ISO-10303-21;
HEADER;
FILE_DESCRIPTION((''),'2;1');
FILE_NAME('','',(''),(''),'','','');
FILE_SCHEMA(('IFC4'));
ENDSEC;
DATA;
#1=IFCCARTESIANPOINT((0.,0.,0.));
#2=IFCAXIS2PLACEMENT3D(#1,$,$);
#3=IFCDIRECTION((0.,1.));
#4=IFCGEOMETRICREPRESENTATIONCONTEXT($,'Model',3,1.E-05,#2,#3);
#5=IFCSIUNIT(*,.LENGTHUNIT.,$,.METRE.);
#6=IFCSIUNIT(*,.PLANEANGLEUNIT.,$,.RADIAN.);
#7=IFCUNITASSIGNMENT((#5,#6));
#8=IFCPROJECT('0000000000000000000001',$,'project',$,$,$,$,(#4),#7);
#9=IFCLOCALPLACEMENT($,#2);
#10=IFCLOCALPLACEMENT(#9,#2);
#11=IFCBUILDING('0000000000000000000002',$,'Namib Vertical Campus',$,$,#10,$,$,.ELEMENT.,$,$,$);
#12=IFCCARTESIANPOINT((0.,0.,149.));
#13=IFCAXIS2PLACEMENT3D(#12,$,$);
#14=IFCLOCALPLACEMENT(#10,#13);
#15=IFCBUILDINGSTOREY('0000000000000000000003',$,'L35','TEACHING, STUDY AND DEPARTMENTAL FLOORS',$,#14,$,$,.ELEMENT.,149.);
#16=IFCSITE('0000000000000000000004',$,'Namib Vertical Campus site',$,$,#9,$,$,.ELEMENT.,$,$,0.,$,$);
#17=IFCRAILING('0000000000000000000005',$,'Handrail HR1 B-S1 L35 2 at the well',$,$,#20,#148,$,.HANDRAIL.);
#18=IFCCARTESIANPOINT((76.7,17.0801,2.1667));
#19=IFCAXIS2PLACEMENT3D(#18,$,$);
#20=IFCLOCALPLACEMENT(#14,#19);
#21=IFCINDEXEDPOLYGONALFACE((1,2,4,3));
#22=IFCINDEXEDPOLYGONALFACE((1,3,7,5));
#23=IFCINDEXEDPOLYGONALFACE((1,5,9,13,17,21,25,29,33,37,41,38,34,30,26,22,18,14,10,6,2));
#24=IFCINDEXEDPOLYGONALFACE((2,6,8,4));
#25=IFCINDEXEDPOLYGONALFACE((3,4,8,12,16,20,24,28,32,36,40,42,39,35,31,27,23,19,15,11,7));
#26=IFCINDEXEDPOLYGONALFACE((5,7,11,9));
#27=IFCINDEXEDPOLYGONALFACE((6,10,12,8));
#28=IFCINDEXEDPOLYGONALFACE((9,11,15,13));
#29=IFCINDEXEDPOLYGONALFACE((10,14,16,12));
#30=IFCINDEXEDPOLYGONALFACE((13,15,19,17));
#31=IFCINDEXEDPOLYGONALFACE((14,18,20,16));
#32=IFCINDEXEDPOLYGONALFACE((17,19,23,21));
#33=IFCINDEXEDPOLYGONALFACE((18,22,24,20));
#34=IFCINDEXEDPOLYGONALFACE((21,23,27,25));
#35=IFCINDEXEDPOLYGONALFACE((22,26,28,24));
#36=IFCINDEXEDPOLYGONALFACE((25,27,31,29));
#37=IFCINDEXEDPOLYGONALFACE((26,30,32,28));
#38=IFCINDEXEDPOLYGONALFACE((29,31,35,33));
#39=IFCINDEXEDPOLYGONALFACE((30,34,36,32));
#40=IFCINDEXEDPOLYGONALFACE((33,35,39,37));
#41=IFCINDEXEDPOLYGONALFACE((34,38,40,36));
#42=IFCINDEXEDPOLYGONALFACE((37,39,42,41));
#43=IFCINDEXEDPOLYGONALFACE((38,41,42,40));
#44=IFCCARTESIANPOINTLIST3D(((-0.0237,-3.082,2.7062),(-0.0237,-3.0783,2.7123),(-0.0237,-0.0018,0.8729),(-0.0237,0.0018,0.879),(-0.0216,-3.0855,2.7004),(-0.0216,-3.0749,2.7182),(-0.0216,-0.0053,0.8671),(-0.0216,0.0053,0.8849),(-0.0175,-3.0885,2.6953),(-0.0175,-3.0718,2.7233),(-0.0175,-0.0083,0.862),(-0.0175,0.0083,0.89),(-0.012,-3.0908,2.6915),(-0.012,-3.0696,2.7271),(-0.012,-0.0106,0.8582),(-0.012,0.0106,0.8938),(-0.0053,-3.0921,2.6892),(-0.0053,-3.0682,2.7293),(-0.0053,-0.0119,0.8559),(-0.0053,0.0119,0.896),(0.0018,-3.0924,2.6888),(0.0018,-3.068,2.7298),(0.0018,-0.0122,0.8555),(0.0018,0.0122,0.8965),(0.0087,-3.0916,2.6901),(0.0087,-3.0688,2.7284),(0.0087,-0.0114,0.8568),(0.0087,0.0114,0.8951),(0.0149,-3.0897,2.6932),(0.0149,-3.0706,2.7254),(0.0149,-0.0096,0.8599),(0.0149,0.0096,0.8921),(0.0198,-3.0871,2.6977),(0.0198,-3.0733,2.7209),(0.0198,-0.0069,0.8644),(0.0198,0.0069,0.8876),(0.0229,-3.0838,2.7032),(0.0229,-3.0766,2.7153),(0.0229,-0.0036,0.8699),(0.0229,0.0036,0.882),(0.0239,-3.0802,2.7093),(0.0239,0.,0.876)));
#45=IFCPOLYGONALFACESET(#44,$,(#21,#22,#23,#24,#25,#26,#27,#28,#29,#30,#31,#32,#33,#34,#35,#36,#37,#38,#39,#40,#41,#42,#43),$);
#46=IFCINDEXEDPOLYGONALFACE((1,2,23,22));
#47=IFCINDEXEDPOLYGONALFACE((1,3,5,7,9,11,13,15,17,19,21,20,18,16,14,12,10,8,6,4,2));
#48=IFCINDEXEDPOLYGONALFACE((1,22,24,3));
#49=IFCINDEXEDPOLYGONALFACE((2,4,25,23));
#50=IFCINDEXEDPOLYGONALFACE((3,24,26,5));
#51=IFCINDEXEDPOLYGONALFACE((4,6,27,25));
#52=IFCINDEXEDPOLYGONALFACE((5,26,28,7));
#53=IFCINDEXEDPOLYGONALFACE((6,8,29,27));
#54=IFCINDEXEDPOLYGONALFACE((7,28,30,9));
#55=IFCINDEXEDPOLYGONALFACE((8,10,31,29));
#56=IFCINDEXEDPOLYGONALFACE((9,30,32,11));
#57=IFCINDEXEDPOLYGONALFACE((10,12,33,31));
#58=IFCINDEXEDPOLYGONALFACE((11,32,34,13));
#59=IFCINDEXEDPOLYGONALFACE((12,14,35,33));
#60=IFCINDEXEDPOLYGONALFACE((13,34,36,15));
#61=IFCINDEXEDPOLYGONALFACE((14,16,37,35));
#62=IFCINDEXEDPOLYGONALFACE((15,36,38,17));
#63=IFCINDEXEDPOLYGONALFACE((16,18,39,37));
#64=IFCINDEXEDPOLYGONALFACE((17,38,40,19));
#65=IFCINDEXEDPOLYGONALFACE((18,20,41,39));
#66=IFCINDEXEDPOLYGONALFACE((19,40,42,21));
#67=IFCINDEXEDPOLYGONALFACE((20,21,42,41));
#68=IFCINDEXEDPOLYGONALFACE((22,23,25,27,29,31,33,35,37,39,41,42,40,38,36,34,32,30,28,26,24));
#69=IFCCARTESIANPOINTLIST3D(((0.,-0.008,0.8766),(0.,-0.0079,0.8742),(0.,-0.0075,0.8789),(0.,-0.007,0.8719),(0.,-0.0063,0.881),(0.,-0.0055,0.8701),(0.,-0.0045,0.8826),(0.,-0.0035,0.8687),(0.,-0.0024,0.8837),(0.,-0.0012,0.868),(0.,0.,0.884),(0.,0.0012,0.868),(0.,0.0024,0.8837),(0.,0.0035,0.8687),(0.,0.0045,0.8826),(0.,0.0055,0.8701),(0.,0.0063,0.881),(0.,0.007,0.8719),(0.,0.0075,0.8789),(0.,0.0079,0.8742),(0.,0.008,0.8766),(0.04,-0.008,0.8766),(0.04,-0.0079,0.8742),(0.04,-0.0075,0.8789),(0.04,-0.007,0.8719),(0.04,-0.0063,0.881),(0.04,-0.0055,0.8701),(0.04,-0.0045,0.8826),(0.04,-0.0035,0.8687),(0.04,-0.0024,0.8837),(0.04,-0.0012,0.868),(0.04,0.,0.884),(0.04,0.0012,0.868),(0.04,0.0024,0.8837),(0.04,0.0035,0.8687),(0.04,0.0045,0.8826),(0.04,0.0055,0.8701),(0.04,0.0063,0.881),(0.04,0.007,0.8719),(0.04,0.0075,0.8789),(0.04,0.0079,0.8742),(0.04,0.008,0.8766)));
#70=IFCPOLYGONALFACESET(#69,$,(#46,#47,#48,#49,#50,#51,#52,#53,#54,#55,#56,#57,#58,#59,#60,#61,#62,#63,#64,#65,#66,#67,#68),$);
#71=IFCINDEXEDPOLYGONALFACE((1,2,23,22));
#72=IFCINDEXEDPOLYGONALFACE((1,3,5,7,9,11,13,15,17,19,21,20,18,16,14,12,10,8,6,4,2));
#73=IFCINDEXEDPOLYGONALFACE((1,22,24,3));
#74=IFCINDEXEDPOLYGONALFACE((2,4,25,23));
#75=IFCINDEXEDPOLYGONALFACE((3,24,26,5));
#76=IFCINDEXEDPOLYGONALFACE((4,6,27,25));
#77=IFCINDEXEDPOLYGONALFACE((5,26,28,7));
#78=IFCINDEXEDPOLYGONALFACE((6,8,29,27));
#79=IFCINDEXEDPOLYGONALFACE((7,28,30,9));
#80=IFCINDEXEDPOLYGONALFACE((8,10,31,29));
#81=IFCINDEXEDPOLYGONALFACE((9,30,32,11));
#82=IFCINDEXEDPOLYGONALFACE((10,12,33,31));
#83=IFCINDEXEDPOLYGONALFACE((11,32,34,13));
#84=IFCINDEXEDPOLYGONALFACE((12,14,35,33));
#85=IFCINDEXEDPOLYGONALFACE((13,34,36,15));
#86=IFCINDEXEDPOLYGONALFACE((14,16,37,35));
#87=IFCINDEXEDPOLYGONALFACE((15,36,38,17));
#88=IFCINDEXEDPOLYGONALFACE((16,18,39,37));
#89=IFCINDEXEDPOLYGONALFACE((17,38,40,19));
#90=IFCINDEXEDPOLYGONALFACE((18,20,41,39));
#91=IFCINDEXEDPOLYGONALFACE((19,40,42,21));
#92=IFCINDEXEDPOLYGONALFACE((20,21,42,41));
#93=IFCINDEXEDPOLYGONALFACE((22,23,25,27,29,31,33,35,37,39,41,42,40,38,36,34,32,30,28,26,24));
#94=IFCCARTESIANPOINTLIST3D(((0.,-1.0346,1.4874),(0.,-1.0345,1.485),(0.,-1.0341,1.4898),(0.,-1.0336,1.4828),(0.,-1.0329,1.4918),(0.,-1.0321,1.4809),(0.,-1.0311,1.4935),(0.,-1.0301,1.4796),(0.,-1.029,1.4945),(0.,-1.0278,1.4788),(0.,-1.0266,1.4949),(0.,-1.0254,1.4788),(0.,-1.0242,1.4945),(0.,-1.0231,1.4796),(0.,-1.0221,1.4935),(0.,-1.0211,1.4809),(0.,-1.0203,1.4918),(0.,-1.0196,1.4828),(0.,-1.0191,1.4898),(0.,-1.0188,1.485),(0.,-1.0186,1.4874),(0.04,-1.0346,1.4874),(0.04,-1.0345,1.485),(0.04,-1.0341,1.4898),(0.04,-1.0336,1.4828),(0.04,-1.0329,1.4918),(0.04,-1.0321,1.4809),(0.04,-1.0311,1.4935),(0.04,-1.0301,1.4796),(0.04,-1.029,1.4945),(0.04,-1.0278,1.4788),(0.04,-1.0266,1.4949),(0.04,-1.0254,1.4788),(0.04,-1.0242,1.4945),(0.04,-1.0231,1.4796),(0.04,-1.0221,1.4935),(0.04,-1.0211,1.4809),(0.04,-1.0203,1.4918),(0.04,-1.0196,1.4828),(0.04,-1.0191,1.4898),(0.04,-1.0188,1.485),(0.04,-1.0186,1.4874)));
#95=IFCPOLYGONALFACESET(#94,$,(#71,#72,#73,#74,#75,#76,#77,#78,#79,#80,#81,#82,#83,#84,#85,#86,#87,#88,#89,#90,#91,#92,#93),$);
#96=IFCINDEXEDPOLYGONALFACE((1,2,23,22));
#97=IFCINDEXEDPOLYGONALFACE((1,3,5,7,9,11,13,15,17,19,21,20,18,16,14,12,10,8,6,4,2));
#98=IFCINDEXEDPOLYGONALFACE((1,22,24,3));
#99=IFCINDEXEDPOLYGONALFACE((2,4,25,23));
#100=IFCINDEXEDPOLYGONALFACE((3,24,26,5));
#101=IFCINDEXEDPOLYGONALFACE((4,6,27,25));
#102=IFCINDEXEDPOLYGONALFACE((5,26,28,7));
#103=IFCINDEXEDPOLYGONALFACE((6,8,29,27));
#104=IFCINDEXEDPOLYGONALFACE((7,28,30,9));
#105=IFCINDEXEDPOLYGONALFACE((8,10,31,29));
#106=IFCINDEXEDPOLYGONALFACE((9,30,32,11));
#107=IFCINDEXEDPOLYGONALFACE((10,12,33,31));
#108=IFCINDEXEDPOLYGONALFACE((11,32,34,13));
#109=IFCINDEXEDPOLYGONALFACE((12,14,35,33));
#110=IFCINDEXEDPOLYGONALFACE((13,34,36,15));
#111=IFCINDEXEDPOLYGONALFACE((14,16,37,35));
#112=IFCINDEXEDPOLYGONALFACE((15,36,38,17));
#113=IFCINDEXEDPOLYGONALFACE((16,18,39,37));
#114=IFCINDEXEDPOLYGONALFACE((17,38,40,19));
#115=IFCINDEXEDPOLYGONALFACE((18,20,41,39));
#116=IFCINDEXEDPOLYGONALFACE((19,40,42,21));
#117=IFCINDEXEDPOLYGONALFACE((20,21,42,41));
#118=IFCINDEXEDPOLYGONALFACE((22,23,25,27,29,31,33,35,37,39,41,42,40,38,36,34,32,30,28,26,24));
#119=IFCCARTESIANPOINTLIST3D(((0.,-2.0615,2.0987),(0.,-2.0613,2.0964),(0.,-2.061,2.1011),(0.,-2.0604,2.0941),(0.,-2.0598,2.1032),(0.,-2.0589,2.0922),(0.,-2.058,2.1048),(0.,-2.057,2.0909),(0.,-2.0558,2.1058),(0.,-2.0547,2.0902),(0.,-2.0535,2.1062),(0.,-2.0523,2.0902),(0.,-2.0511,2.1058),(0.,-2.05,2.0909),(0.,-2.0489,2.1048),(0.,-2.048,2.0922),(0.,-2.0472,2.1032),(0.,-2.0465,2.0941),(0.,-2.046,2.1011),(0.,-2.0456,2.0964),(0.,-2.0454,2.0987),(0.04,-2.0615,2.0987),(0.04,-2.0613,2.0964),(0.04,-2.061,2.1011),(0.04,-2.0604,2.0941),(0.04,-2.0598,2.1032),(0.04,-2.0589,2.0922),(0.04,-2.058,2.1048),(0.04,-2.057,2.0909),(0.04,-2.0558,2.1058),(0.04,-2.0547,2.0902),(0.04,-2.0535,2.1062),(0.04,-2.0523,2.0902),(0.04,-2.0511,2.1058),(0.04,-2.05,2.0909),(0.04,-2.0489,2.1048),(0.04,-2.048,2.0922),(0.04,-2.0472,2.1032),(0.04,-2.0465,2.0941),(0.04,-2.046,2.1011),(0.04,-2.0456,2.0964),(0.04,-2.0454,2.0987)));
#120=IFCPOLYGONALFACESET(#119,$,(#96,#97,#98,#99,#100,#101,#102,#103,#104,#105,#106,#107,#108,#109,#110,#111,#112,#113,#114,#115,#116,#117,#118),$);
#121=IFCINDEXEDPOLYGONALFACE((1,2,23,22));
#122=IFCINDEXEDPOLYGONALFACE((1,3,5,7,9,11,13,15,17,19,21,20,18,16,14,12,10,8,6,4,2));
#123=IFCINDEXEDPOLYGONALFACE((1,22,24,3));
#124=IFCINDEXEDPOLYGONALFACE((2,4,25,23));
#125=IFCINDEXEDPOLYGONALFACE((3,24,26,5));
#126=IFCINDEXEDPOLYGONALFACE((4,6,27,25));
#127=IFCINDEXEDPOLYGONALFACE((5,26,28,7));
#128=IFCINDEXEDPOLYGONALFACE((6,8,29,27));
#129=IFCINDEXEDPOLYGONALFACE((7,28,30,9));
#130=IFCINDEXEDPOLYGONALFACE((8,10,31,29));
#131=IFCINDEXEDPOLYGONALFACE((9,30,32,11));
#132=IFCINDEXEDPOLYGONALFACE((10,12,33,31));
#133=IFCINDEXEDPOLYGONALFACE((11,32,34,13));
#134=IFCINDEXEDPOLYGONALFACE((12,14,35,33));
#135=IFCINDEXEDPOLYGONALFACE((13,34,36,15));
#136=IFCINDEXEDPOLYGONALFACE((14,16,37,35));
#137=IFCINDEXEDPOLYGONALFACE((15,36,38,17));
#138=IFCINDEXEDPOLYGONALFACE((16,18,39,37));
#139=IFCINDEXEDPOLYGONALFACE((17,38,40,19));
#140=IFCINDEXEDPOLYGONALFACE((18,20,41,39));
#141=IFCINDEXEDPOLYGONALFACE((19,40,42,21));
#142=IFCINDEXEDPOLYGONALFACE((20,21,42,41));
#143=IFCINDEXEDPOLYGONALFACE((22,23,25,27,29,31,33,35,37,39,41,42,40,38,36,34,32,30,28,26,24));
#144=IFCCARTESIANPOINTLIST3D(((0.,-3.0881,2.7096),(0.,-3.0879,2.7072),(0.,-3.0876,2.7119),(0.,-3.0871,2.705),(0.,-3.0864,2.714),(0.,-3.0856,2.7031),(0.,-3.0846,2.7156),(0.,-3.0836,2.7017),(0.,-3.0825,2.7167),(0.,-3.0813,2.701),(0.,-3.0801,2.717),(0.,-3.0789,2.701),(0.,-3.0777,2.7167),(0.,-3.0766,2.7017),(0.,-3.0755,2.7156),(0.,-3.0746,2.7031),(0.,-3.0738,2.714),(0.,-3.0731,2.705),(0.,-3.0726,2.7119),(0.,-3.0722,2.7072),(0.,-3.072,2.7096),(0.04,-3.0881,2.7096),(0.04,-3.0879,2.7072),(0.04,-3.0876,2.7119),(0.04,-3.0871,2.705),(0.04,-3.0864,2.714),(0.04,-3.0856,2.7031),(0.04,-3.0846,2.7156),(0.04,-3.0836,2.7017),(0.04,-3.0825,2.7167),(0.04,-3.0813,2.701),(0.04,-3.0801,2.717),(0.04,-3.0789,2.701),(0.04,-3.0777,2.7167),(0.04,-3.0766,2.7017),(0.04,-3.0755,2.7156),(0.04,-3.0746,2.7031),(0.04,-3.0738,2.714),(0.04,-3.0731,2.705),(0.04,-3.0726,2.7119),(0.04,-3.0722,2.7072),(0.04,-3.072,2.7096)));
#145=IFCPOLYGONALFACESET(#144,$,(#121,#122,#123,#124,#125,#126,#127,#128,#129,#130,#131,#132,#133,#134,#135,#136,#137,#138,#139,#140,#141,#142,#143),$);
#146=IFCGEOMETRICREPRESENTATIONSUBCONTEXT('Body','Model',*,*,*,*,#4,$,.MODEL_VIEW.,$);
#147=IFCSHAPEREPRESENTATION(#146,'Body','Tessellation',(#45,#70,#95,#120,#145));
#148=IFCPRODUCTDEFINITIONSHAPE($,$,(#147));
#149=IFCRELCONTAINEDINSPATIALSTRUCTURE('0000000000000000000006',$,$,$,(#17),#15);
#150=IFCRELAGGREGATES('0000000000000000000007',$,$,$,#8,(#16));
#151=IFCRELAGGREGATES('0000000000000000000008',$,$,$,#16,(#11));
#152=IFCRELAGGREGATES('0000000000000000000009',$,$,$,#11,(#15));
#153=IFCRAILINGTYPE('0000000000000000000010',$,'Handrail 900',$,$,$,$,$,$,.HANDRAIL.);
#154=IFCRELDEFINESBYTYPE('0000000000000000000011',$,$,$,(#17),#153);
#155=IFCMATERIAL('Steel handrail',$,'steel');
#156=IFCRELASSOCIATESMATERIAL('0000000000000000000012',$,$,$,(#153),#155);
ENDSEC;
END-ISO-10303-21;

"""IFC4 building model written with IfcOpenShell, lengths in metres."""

from ifc_helpers import new_model, si_unit, direction, frame, origin, origin_2d, place, context, subcontext, project, spatial, circle, extrude, material, type_object, element, save


model = new_model("IFC4")

# Units and contexts
model_context = context("Model", 3, precision=1e-05, world=origin(), true_north=direction((0.0, 1.0)))
body_context = subcontext(model_context, "Body", "Model", "MODEL_VIEW")
ifc_project = project(units=[si_unit("LENGTHUNIT", "METRE"), si_unit("PLANEANGLEUNIT", "RADIAN")], contexts=[model_context])

# Site, building, storey
site_placement = place(None, origin())
site = spatial("IfcSite", under=ifc_project, at=site_placement, Name="Namib Vertical Campus site", CompositionType="ELEMENT", RefElevation=0.0)
building_placement = place(site_placement, origin())
building = spatial("IfcBuilding", under=site, at=building_placement, Name="Namib Vertical Campus", CompositionType="ELEMENT")
storey_placement = place(building_placement, frame((0.0, 0.0, 149.0)))
storey = spatial("IfcBuildingStorey", under=building, at=storey_placement, Name="L35", Description="TEACHING, STUDY AND DEPARTMENTAL FLOORS", CompositionType="ELEMENT", Elevation=149.0)

# Railing
ifc_material_1 = material(Name="Steel handrail", Category="steel")
railing_type_1 = type_object("IfcRailingType", Name="Handrail 900", PredefinedType="HANDRAIL", material=ifc_material_1)
railing_1_placement = place(storey_placement, frame((76.7, 17.0801, 2.1667)))
element("IfcRailing", 1, at=railing_1_placement, inside=storey, type_object=railing_type_1, Name="Handrail HR1 B-S1 L35 2 at the well", PredefinedType="HANDRAIL", context=body_context, shape_type="SweptSolid", body=[
    extrude(circle(Radius=0.0239, at=origin_2d()), frame((0.0, 0.0, 0.876), z_axis=(0.0, -0.859309, 0.511458), x_axis=(1.0, 0.0, 0.0)), (0.0, 0.0, 1.0), 3.5845),
    extrude(circle(Radius=0.0081, at=origin_2d()), frame((0.0, 0.0, 0.876), z_axis=(1.0, 0.0, 0.0), x_axis=(0.0, 0.0, 1.0)), (0.0, 0.0, 1.0), 0.04),
    extrude(circle(Radius=0.0081, at=origin_2d()), frame((0.0, -1.0266, 1.4868), z_axis=(1.0, 0.0, 0.0), x_axis=(0.0, 0.0, 1.0)), (0.0, 0.0, 1.0), 0.04),
    extrude(circle(Radius=0.0081, at=origin_2d()), frame((0.0, -2.0535, 2.0981), z_axis=(1.0, 0.0, 0.0), x_axis=(0.0, 0.0, 1.0)), (0.0, 0.0, 1.0), 0.04),
    extrude(circle(Radius=0.0081, at=origin_2d()), frame((0.0, -3.0801, 2.709), z_axis=(1.0, 0.0, 0.0), x_axis=(0.0, 0.0, 1.0)), (0.0, 0.0, 1.0), 0.04),
])

save(model, "model.ifc")
